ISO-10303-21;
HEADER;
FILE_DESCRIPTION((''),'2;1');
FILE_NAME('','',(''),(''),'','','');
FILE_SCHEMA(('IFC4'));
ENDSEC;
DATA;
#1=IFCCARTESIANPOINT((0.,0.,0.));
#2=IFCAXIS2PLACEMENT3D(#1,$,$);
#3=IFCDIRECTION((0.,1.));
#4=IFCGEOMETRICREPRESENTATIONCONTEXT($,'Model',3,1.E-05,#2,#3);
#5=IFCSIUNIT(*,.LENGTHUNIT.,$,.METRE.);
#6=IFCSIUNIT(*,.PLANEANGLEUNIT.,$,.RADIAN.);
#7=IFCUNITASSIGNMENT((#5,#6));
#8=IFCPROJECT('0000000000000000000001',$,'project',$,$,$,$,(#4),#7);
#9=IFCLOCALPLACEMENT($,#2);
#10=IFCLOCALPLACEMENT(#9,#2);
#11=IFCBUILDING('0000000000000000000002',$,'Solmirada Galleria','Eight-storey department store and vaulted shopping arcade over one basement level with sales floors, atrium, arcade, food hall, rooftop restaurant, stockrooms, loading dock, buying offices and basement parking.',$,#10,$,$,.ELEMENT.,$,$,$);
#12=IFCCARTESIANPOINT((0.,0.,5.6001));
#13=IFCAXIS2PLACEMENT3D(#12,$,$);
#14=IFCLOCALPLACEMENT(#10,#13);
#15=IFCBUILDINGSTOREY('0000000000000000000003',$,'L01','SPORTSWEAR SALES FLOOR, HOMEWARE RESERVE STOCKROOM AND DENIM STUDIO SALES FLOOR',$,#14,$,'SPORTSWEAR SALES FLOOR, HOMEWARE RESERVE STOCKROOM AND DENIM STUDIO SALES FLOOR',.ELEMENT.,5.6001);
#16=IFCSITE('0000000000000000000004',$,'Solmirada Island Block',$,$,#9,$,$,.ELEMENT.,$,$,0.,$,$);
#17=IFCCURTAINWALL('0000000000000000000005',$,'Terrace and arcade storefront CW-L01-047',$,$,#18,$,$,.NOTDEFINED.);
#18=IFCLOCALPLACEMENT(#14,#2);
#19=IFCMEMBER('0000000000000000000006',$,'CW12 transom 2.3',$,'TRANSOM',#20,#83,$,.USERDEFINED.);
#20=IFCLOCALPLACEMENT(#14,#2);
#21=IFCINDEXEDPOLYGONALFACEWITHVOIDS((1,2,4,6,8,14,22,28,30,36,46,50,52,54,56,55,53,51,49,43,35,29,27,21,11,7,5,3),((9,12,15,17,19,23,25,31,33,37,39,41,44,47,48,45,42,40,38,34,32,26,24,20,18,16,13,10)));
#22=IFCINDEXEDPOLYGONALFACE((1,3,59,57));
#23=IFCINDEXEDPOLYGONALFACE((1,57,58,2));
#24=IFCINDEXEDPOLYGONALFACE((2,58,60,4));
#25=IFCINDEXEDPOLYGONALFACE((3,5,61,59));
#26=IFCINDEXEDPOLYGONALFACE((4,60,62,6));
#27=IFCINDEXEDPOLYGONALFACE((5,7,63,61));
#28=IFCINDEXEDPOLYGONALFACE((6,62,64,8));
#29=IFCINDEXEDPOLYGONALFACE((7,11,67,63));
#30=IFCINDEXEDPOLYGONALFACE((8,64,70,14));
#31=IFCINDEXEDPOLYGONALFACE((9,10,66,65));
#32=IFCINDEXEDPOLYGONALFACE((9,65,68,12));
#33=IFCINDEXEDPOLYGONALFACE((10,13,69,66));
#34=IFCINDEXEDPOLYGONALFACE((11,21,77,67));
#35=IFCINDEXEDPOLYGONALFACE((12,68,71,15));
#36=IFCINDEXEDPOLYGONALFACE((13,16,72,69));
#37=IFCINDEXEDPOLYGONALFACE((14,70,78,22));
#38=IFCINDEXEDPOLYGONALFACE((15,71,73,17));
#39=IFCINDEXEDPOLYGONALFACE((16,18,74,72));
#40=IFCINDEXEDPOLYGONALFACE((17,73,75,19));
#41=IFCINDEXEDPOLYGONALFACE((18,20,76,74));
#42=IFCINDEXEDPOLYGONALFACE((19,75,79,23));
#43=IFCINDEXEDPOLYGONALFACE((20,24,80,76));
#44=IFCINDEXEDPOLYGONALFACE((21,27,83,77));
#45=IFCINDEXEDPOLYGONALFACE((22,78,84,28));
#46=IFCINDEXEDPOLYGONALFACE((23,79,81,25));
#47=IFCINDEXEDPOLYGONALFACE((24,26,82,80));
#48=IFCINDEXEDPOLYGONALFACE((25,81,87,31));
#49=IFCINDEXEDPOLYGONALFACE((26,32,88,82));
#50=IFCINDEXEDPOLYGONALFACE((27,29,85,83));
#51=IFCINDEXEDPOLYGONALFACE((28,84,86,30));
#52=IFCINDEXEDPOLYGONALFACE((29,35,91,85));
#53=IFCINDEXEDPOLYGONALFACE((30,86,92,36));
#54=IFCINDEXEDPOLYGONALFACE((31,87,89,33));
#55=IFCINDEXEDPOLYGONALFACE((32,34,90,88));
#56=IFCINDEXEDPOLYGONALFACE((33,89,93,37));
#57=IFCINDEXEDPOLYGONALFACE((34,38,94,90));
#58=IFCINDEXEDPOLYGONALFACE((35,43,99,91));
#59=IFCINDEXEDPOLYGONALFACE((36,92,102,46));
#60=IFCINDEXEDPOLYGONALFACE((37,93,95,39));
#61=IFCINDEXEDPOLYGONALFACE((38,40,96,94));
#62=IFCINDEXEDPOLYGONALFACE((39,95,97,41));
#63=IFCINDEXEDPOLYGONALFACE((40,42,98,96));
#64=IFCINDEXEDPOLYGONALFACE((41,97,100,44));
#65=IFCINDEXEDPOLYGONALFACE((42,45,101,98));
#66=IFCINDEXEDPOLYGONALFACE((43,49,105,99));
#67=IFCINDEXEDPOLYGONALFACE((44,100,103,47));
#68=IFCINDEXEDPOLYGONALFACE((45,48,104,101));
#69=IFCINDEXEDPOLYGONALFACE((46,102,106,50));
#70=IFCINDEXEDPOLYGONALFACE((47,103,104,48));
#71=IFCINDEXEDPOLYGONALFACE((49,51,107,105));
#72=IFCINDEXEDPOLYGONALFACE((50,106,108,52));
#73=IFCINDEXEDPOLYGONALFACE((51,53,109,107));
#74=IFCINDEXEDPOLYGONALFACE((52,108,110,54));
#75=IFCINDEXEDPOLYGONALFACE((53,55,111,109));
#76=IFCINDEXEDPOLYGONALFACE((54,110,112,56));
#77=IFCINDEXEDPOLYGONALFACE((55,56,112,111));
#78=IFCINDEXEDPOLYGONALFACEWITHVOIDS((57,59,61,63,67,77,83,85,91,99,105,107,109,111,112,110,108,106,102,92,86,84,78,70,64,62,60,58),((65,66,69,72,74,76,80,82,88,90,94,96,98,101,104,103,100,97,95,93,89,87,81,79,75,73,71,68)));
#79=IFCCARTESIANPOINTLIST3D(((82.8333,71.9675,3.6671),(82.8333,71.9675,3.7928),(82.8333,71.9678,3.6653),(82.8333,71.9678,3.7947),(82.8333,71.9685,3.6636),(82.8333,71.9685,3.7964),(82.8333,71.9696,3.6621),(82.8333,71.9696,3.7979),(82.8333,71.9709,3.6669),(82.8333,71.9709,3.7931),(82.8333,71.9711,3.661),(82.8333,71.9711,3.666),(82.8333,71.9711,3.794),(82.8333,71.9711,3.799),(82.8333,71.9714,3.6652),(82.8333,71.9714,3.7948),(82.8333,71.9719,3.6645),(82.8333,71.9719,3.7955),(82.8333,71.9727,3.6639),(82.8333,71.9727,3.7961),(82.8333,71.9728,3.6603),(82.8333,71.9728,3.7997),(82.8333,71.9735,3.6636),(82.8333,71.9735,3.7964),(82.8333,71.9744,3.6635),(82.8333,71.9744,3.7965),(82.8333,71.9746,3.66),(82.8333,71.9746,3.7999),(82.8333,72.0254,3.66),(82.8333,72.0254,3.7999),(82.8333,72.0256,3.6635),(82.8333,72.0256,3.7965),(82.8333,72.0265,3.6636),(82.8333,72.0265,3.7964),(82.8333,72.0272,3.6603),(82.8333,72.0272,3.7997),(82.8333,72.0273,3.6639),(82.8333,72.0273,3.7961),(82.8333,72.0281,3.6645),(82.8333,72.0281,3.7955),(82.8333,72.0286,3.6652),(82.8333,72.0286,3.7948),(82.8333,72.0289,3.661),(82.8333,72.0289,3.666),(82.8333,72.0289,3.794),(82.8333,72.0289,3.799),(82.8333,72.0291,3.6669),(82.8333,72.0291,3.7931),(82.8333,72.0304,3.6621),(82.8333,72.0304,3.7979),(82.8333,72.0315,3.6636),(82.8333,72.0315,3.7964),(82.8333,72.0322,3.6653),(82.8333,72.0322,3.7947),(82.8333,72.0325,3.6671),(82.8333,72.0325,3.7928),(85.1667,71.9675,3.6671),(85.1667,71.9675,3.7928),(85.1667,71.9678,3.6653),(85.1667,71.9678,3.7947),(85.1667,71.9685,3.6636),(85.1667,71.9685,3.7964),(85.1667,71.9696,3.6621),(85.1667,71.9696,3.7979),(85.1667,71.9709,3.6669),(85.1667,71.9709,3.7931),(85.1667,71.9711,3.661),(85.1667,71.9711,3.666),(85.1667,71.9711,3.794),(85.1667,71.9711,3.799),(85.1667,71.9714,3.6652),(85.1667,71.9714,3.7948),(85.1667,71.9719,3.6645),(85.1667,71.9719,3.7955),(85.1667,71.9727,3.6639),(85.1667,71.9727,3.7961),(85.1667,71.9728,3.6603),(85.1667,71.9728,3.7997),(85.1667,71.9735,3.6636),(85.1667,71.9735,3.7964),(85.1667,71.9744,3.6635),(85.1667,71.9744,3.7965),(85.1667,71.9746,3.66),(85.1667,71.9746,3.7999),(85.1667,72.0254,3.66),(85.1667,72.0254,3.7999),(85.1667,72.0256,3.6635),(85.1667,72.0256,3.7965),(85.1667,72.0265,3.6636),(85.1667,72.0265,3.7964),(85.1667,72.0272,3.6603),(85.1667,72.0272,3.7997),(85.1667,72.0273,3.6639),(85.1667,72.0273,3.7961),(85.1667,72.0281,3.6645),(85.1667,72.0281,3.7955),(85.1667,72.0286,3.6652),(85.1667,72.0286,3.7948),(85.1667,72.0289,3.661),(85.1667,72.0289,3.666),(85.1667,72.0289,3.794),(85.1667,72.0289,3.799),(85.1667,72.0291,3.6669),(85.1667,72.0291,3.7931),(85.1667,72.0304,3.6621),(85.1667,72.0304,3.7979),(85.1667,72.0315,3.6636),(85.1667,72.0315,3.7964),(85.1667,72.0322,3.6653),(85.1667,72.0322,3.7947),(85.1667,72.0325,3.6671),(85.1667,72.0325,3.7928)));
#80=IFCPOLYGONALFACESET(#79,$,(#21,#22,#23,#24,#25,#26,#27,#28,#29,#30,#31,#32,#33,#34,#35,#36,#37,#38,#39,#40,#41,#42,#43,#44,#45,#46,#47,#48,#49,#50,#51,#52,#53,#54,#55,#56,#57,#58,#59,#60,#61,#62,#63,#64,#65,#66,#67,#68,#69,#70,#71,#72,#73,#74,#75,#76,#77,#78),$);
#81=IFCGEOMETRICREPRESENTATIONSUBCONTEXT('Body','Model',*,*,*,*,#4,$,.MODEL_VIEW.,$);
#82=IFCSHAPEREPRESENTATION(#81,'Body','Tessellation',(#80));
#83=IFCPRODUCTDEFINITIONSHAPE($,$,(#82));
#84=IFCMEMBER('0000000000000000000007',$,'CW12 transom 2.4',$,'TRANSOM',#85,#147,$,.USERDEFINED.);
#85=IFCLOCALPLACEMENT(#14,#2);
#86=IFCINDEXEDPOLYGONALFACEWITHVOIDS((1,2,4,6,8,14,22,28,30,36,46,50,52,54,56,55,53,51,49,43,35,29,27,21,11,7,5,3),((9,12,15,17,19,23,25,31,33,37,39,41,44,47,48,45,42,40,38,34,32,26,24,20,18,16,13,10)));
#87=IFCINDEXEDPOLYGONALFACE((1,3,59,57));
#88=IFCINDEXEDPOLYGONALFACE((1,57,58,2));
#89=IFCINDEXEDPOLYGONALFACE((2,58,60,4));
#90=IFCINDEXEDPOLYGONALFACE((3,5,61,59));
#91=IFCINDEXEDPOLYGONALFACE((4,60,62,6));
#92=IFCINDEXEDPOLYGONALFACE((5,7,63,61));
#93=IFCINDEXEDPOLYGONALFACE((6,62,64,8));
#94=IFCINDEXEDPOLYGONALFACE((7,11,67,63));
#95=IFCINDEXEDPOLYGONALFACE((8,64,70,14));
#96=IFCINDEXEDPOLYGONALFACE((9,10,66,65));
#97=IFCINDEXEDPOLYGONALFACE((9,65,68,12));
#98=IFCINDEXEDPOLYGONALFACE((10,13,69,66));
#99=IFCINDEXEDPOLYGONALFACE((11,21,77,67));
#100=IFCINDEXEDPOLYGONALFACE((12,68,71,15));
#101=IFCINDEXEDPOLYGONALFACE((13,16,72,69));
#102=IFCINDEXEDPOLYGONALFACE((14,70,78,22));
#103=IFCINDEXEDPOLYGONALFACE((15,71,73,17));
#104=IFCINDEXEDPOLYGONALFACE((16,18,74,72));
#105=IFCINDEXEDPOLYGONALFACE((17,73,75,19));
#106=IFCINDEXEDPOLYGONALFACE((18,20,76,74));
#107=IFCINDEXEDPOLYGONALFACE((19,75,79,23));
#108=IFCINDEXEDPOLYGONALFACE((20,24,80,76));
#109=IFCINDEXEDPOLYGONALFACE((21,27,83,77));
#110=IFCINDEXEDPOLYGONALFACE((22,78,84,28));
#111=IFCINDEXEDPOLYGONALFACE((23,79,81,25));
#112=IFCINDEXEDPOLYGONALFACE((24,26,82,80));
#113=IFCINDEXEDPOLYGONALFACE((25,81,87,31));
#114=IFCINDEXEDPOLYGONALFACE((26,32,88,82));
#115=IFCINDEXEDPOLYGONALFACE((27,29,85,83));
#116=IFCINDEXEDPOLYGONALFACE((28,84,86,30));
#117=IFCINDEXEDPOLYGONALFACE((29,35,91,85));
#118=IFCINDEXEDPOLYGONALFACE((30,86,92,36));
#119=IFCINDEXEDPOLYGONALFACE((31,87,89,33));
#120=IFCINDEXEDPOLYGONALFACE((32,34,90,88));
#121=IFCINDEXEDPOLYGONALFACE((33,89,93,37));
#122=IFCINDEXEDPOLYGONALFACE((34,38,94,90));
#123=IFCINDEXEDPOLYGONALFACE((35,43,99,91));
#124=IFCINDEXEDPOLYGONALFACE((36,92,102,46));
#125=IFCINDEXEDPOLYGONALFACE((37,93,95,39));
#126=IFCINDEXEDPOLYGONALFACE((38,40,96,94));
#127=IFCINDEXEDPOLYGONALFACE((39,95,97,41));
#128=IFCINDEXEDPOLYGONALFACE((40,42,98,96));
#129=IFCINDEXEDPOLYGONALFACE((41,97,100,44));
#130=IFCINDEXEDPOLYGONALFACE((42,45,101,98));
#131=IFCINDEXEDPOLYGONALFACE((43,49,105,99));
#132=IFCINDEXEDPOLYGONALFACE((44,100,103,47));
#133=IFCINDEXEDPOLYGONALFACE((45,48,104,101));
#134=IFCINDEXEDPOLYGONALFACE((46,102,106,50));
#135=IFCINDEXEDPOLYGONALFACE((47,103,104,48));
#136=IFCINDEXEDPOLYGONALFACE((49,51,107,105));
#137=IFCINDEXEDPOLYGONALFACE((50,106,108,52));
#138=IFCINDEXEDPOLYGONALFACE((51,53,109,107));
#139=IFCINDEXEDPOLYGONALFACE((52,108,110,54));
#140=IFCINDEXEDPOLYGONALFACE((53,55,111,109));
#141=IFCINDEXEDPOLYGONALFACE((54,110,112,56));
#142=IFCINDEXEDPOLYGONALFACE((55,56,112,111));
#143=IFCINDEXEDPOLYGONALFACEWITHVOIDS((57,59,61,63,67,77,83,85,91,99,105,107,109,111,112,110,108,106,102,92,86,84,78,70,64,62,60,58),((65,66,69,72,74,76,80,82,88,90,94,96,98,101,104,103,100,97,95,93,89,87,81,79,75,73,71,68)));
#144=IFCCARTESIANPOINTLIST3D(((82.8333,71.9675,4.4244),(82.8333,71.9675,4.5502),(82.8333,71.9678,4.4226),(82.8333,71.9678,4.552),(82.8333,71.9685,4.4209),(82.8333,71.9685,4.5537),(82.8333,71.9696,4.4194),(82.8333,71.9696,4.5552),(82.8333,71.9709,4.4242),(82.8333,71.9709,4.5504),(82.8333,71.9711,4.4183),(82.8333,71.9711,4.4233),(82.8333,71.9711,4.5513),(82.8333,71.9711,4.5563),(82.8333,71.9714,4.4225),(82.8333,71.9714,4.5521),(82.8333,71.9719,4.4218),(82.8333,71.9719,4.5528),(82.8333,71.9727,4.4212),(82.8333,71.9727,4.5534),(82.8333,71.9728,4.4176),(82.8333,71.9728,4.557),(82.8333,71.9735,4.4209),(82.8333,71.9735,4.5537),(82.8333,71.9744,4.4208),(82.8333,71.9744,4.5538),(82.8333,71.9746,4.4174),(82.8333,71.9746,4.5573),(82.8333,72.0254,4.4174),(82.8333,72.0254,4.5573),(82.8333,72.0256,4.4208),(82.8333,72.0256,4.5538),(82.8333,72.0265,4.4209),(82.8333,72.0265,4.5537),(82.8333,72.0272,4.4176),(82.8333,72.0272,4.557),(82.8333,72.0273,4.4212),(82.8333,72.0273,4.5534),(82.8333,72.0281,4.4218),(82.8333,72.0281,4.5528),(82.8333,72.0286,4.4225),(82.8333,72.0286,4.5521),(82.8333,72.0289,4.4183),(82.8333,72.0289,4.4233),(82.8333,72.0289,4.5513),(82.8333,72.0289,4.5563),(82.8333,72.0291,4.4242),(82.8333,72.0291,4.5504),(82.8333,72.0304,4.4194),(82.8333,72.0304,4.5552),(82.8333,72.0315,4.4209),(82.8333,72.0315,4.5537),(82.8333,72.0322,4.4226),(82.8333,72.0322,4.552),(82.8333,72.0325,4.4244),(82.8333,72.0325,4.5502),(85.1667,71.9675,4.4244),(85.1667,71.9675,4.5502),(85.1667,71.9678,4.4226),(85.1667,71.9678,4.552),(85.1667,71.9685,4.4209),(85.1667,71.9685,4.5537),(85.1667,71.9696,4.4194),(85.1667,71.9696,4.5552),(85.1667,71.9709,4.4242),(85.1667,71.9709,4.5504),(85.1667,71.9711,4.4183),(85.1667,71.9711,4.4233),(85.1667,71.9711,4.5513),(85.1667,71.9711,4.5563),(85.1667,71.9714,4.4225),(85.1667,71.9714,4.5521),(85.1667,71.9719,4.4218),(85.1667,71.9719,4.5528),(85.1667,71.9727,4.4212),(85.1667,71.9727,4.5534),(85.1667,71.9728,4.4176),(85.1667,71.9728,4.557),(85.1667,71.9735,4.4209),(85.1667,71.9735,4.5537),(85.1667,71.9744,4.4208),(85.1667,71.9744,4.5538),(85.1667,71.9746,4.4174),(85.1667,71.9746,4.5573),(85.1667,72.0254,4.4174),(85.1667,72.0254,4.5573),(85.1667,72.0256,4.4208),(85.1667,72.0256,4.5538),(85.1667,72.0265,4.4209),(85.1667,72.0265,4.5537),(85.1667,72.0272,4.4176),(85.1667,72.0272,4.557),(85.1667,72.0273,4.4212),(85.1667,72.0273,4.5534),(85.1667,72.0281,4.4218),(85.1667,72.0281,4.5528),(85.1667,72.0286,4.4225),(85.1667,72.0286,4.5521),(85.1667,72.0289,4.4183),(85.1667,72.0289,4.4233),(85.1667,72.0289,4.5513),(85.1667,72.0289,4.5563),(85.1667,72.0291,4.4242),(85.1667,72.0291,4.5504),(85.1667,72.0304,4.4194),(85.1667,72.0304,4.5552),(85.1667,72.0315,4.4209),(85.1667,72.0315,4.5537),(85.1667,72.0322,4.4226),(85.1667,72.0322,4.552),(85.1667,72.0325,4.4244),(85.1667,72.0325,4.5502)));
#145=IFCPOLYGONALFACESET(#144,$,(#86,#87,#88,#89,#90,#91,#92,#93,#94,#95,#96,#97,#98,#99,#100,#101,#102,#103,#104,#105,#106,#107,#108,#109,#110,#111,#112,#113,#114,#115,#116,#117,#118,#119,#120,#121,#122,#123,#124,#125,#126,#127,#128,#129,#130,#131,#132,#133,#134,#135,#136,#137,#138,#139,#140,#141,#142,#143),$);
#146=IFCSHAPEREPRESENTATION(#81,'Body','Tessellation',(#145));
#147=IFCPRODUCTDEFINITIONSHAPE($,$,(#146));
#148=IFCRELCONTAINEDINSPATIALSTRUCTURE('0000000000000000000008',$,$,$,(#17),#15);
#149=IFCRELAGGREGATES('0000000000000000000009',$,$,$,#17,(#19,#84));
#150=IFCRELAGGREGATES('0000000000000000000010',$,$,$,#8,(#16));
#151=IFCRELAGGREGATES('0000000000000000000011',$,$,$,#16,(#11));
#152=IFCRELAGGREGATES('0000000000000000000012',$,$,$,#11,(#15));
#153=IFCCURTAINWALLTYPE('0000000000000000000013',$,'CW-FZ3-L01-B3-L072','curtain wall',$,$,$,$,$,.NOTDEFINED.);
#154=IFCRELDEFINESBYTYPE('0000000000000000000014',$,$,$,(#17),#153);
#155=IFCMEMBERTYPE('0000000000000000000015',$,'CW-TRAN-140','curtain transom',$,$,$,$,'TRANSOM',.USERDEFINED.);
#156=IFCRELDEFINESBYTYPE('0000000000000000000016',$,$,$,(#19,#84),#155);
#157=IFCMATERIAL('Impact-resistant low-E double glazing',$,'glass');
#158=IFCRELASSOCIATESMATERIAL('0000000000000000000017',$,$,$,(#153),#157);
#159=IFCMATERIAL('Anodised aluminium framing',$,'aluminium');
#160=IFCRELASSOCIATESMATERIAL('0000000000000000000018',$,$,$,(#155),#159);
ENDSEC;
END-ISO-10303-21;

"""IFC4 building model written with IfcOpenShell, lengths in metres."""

from ifc_helpers import new_model, si_unit, direction, frame, origin, origin_2d, place, context, subcontext, project, spatial, hollow_rectangle, extrude, material, material_profile, profile_set, type_object, element, aggregate, save


model = new_model("IFC4")

# Units and contexts
model_context = context("Model", 3, precision=1e-05, world=origin(), true_north=direction((0.0, 1.0)))
body_context = subcontext(model_context, "Body", "Model", "MODEL_VIEW")
ifc_project = project(units=[si_unit("LENGTHUNIT", "METRE"), si_unit("PLANEANGLEUNIT", "RADIAN")], contexts=[model_context])

# Site, building, storey
site_placement = place(None, origin())
site = spatial("IfcSite", under=ifc_project, at=site_placement, Name="Solmirada Island Block", CompositionType="ELEMENT", RefElevation=0.0)
building_placement = place(site_placement, origin())
building = spatial("IfcBuilding", under=site, at=building_placement, Name="Solmirada Galleria", Description="Eight-storey department store and vaulted shopping arcade over one basement level with sales floors, atrium, arcade, food hall, rooftop restaurant, stockrooms, loading dock, buying offices and basement parking.", CompositionType="ELEMENT")
storey_placement = place(building_placement, frame((0.0, 0.0, 5.6001)))
storey = spatial("IfcBuildingStorey", under=building, at=storey_placement, Name="L01", Description="SPORTSWEAR SALES FLOOR, HOMEWARE RESERVE STOCKROOM AND DENIM STUDIO SALES FLOOR", LongName="SPORTSWEAR SALES FLOOR, HOMEWARE RESERVE STOCKROOM AND DENIM STUDIO SALES FLOOR", CompositionType="ELEMENT", Elevation=5.6001)

# Curtain wall
ifc_material_1 = material(Name="Impact-resistant low-E double glazing", Category="glass")
curtain_wall_type_1 = type_object("IfcCurtainWallType", Name="CW-FZ3-L01-B3-L072", Description="curtain wall", PredefinedType="NOTDEFINED", material=ifc_material_1)
curtain_wall_1_placement = place(storey_placement, origin())
curtain_wall_1 = element("IfcCurtainWall", 1, at=curtain_wall_1_placement, inside=storey, type_object=curtain_wall_type_1, Name="Terrace and arcade storefront CW-L01-047", PredefinedType="NOTDEFINED")
ifc_material_2 = material(Name="Anodised aluminium framing", Category="aluminium")

# Members
ifc_material_profile_1 = material_profile(ifc_material_2, hollow_rectangle(XDim=0.0649, YDim=0.1399, WallThickness=0.0034, InnerFilletRadius=0.0034, OuterFilletRadius=0.0071, at=origin_2d()), Name="ALU-TRAN-140X65")
ifc_profile_set_1 = profile_set([ifc_material_profile_1], Name="Anodised aluminium framing")
member_type_1 = type_object("IfcMemberType", Name="CW-TRAN-140", Description="curtain transom", ElementType="TRANSOM", PredefinedType="USERDEFINED", material=ifc_profile_set_1)
member_1_placement = place(storey_placement, frame((82.8333, 72.0, 3.73), z_axis=(1.0, 0.0, 0.0), x_axis=(0.0, 1.0, 0.0)))
member_1 = element("IfcMember", 2, at=member_1_placement, type_object=member_type_1, Name="CW12 transom 2.3", ObjectType="TRANSOM", PredefinedType="USERDEFINED", context=body_context, shape_type="SweptSolid", body=[
    extrude(hollow_rectangle(XDim=0.0649, YDim=0.1399, WallThickness=0.0034, InnerFilletRadius=0.0034, OuterFilletRadius=0.0071, at=origin_2d()), origin(), (0.0, 0.0, 1.0), 2.3335),
])
member_2_placement = place(storey_placement, frame((82.8333, 72.0, 4.4873), z_axis=(1.0, 0.0, 0.0), x_axis=(0.0, 1.0, 0.0)))
member_2 = element("IfcMember", 3, at=member_2_placement, type_object=member_type_1, Name="CW12 transom 2.4", ObjectType="TRANSOM", PredefinedType="USERDEFINED", context=body_context, shape_type="SweptSolid", body=[
    extrude(hollow_rectangle(XDim=0.0649, YDim=0.1399, WallThickness=0.0034, InnerFilletRadius=0.0034, OuterFilletRadius=0.0071, at=origin_2d()), origin(), (0.0, 0.0, 1.0), 2.3335),
])

aggregate(curtain_wall_1, [member_1, member_2])

save(model, "model.ifc")
